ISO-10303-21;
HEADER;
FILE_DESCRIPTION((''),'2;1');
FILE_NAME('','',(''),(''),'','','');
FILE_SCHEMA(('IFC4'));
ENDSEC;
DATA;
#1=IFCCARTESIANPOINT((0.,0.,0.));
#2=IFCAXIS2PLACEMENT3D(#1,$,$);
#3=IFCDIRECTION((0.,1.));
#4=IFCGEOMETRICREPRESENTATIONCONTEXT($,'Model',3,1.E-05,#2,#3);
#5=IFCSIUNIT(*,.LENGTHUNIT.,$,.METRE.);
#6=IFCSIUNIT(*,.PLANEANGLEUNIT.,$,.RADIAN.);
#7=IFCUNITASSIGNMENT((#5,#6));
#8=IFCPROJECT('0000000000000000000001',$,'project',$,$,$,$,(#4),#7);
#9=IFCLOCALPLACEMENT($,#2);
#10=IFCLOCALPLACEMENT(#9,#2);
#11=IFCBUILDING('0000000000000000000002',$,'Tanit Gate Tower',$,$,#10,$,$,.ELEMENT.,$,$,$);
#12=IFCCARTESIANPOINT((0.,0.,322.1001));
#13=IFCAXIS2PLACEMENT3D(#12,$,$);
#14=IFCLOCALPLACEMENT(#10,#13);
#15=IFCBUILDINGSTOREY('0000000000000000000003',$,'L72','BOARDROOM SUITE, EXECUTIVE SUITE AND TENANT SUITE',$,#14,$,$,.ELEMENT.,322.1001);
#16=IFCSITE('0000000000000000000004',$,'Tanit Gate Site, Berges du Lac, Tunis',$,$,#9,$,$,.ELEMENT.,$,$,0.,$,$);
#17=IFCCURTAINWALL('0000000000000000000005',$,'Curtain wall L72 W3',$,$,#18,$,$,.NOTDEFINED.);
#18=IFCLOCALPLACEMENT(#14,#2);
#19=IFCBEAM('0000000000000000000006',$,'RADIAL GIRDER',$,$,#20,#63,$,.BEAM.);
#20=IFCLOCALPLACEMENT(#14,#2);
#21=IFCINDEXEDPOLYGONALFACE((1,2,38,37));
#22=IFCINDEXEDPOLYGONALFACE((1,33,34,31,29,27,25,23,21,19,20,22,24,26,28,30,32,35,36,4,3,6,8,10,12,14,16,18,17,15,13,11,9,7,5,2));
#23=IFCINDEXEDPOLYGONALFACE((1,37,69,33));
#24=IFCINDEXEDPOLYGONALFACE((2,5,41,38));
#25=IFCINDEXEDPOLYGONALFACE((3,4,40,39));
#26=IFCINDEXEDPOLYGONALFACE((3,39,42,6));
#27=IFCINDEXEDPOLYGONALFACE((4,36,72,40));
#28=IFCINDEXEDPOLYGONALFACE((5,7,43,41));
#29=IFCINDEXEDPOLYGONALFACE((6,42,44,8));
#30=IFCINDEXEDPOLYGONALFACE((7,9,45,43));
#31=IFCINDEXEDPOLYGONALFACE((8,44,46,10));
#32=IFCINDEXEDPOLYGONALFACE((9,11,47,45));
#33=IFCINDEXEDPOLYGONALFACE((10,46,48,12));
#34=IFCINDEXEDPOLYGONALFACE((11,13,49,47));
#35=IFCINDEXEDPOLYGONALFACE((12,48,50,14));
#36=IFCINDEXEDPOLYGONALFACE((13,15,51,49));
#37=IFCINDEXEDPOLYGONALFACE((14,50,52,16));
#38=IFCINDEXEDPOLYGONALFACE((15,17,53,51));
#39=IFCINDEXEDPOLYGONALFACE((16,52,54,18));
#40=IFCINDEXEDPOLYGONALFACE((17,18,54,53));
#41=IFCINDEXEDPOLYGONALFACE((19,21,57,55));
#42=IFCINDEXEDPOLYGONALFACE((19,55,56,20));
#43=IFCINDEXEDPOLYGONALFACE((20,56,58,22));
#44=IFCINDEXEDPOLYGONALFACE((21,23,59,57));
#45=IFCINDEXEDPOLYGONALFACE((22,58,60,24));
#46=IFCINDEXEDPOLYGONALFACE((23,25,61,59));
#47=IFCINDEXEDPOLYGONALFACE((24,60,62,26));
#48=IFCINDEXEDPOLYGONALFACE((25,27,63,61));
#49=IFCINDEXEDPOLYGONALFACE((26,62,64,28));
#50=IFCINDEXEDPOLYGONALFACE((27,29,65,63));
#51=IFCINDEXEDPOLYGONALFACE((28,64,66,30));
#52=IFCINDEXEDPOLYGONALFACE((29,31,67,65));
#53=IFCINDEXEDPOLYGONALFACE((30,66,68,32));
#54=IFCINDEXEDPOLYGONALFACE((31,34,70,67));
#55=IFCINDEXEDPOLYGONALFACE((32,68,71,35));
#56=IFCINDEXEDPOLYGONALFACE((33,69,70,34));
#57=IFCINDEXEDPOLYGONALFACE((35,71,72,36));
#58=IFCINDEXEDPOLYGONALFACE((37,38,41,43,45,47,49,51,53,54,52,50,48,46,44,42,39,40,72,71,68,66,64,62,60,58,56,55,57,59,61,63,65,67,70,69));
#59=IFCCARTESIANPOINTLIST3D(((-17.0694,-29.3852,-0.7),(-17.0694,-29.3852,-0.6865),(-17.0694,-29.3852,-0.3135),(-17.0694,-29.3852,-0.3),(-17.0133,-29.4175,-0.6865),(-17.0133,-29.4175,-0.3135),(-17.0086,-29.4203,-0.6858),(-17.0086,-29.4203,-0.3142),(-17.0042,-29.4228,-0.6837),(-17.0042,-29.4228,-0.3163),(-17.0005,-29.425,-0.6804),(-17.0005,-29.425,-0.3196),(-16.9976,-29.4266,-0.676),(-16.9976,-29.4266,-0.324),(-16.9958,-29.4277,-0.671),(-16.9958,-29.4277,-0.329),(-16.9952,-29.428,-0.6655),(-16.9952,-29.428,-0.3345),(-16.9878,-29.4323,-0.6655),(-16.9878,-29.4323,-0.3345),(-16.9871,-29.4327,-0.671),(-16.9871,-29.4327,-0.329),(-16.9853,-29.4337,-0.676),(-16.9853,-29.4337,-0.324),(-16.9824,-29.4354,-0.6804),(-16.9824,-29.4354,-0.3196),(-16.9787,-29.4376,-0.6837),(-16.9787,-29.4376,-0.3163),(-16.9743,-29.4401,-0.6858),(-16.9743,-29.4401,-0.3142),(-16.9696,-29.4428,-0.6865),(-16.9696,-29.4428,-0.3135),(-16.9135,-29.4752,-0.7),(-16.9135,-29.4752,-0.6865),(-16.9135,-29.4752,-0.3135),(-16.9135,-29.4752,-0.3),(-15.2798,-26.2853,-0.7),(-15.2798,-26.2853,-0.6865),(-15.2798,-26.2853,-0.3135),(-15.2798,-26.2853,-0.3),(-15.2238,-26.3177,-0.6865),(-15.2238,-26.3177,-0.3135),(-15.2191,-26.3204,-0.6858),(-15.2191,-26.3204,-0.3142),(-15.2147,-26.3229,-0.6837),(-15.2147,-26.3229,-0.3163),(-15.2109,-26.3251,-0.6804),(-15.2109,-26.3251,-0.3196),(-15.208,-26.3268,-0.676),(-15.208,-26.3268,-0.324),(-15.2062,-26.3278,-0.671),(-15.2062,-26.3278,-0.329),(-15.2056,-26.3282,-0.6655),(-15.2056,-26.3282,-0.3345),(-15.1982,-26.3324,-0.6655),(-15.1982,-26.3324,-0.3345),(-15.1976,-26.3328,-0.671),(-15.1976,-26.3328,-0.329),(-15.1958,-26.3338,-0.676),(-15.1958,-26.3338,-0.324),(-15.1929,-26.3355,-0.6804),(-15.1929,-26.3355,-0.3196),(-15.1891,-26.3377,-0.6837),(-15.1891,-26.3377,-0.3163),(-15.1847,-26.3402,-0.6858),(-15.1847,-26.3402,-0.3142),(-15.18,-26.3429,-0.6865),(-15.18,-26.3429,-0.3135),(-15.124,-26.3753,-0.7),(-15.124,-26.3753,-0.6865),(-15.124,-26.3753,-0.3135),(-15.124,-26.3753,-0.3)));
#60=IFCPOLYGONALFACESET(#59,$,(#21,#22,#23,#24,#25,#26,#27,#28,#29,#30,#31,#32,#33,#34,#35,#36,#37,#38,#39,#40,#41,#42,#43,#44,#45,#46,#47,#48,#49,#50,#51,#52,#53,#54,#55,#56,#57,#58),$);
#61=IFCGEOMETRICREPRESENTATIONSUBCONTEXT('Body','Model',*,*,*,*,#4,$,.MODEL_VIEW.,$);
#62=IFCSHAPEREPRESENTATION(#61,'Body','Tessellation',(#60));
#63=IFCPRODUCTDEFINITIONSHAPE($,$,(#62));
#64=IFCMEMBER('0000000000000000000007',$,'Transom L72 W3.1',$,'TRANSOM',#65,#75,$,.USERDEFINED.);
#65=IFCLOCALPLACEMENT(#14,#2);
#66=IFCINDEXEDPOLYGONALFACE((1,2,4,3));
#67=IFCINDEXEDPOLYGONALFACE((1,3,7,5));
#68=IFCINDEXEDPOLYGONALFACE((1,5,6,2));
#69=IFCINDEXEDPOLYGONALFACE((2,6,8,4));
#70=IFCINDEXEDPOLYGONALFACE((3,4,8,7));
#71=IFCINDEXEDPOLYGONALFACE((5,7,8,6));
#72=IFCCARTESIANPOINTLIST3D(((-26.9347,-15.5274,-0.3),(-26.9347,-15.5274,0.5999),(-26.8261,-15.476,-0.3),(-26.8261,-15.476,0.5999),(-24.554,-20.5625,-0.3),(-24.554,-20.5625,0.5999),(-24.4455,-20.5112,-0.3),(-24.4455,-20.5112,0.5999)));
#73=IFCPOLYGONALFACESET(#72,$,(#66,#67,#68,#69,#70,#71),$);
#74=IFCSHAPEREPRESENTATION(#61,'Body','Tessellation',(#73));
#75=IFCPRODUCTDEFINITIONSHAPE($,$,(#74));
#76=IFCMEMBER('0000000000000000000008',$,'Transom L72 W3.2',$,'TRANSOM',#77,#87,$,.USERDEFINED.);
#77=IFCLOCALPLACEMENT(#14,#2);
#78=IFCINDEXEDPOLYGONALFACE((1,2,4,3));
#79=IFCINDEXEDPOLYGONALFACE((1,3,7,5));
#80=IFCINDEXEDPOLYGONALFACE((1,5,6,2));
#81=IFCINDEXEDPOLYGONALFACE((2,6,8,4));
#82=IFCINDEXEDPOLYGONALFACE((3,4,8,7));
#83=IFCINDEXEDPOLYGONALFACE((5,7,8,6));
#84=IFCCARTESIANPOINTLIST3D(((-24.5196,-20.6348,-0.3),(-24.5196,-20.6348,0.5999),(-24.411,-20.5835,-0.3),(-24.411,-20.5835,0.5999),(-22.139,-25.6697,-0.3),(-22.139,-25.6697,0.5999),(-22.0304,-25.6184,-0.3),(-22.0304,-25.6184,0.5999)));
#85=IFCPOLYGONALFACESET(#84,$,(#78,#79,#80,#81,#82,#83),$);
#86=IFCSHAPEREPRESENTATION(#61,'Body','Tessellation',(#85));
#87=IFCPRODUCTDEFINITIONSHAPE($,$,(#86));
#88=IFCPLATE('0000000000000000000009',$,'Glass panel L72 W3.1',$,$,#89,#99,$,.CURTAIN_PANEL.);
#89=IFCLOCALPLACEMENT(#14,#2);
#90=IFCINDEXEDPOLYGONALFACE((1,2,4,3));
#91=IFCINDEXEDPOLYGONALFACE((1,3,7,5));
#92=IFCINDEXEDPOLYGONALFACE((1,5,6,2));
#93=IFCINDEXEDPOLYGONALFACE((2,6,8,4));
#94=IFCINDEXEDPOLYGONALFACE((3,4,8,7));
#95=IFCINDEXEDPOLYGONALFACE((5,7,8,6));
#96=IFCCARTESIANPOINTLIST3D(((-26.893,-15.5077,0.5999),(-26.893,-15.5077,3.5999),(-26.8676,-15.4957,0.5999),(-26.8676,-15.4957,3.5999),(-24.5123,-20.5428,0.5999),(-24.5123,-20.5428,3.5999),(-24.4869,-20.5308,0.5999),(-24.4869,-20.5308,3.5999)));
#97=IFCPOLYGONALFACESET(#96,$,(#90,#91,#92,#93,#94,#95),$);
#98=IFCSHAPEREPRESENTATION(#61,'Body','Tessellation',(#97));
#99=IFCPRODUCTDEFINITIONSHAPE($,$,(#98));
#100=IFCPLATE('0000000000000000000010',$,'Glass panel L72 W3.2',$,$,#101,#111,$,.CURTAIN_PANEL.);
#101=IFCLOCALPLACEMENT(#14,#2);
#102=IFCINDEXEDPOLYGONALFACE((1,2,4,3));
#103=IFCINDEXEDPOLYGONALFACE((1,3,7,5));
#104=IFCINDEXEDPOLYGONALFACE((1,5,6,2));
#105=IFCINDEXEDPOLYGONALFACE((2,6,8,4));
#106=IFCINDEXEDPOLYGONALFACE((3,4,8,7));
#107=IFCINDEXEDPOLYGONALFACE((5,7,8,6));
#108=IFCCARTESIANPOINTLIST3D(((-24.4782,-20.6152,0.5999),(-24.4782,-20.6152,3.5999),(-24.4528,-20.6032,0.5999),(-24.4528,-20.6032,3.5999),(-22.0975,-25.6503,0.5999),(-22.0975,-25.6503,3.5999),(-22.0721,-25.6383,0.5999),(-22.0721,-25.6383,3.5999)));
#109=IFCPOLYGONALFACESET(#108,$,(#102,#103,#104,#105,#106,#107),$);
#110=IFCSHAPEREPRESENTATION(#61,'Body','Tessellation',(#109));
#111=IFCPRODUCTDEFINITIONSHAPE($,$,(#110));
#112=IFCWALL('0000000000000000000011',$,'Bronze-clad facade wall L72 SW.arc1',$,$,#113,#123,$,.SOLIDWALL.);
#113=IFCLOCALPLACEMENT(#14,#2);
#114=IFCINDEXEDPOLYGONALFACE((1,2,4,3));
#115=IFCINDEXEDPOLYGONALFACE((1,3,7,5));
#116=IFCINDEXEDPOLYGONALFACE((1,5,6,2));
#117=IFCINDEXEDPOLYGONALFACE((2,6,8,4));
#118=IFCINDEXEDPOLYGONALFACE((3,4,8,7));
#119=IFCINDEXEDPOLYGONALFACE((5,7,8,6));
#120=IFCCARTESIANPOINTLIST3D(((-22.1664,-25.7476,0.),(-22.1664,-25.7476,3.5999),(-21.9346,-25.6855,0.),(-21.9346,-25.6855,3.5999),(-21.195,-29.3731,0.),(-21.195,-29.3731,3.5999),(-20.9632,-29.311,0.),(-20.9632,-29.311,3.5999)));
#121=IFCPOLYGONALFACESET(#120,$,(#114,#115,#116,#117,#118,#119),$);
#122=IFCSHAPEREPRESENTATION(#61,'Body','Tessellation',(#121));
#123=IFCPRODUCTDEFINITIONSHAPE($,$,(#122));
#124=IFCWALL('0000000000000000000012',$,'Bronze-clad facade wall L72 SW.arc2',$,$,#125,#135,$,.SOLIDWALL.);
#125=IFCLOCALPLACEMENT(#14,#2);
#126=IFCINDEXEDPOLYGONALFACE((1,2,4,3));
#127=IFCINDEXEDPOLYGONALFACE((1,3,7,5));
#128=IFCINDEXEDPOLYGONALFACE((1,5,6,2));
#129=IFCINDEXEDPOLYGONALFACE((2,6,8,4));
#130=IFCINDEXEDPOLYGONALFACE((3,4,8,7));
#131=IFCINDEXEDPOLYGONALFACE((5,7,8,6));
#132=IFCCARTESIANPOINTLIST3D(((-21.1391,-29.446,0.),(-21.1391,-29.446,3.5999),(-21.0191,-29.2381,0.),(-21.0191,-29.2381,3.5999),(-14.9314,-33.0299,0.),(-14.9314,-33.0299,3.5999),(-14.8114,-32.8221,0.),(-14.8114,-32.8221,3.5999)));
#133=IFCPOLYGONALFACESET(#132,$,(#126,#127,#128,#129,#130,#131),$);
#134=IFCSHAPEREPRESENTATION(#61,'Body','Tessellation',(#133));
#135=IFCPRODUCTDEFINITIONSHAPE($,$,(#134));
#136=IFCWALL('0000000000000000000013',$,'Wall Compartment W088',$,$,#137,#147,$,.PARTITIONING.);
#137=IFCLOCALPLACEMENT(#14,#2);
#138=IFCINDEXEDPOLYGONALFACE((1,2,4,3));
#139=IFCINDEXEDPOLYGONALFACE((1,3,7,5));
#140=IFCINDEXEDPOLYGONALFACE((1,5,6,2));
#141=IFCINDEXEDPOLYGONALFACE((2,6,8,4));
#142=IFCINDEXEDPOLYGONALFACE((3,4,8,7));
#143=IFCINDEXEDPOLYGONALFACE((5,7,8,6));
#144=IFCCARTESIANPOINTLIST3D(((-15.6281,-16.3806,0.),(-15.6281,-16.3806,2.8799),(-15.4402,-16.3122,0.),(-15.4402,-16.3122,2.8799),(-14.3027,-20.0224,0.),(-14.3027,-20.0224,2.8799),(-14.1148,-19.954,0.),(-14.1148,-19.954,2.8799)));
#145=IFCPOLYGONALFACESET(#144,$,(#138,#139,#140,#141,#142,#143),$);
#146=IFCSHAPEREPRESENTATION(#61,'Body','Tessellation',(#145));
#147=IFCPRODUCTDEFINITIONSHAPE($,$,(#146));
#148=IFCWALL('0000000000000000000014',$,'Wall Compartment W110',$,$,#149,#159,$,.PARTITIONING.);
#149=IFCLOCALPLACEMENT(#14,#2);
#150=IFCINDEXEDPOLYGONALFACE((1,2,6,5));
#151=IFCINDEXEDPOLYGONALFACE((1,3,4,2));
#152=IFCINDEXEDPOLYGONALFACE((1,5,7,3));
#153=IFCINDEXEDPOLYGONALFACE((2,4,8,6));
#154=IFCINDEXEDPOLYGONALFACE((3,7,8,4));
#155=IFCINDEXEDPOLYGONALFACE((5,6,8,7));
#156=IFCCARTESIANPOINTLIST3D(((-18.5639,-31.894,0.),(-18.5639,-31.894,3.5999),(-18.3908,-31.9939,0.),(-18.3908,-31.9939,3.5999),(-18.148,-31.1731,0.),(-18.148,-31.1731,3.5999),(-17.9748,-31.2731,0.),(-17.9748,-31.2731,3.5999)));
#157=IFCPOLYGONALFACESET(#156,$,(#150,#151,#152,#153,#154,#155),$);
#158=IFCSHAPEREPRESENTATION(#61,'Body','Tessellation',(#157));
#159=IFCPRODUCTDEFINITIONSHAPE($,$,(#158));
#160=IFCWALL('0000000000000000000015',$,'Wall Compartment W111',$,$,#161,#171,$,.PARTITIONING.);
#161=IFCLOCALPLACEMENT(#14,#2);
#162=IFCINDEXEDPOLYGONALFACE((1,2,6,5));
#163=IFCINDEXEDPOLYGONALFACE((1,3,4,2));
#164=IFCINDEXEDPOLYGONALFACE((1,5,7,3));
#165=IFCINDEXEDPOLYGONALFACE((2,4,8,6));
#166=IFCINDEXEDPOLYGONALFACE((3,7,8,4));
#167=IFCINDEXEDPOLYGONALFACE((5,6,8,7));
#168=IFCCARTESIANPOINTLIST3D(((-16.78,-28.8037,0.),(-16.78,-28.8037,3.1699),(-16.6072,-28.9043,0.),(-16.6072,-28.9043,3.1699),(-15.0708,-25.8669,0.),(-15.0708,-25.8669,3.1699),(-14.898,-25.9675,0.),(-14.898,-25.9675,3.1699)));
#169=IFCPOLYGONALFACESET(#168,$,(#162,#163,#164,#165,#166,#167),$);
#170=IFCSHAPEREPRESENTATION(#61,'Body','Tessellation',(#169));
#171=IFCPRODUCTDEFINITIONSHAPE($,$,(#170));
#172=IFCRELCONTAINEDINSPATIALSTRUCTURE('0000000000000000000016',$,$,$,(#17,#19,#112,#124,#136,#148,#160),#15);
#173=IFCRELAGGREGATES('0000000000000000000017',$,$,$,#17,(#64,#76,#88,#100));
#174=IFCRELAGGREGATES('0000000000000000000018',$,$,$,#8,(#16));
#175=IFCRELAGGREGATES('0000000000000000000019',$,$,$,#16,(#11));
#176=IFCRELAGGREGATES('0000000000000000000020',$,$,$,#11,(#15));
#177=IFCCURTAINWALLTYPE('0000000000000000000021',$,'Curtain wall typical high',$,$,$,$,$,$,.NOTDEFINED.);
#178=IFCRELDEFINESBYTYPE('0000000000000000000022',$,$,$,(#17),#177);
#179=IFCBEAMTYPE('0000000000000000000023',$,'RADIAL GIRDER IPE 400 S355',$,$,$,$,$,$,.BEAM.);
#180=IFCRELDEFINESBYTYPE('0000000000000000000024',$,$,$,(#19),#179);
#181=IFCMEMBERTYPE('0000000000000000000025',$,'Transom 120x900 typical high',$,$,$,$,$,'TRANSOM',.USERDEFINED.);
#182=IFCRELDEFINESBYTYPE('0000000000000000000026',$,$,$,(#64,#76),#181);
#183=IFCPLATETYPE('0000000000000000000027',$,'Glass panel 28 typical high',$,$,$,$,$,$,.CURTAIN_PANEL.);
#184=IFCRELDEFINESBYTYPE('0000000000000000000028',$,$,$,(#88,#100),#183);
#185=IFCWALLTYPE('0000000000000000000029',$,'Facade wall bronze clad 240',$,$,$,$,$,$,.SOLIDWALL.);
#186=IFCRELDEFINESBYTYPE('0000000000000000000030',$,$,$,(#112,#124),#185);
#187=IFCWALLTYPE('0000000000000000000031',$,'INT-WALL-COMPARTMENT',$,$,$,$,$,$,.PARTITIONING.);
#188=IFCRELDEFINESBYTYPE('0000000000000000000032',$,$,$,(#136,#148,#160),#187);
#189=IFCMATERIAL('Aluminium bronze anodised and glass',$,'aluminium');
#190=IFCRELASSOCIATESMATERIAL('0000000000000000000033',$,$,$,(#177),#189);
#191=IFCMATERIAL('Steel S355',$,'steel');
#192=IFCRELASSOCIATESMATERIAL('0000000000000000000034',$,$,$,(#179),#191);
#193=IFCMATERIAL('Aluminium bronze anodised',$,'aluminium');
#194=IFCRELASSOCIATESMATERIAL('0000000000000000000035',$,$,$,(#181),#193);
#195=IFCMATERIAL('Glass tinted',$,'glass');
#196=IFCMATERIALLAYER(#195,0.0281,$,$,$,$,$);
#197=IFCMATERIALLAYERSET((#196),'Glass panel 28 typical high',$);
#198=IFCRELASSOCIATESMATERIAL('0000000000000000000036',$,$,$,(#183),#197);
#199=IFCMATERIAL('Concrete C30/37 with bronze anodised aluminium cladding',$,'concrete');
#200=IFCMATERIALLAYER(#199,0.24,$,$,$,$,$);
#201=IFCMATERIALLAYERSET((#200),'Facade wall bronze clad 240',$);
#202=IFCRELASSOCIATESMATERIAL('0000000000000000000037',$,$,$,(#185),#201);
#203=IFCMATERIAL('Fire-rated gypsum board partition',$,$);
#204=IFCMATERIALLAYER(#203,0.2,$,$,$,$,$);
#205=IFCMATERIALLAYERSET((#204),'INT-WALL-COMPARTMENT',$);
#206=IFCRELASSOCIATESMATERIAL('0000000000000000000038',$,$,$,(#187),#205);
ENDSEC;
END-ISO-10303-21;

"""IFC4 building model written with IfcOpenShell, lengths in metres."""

from ifc_helpers import new_model, si_unit, direction, frame, frame_2d, origin, origin_2d, place, context, subcontext, project, spatial, rectangle, i_section, extrude, material, layer, layer_set, material_profile, profile_set, type_object, element, aggregate, save


model = new_model("IFC4")

# Units and contexts
model_context = context("Model", 3, precision=1e-05, world=origin(), true_north=direction((0.0, 1.0)))
body_context = subcontext(model_context, "Body", "Model", "MODEL_VIEW")
ifc_project = project(units=[si_unit("LENGTHUNIT", "METRE"), si_unit("PLANEANGLEUNIT", "RADIAN")], contexts=[model_context])

# Site, building, storey
site_placement = place(None, origin())
site = spatial("IfcSite", under=ifc_project, at=site_placement, Name="Tanit Gate Site, Berges du Lac, Tunis", CompositionType="ELEMENT", RefElevation=0.0)
building_placement = place(site_placement, origin())
building = spatial("IfcBuilding", under=site, at=building_placement, Name="Tanit Gate Tower", CompositionType="ELEMENT")
storey_placement = place(building_placement, frame((0.0, 0.0, 322.1001)))
storey = spatial("IfcBuildingStorey", under=building, at=storey_placement, Name="L72", Description="BOARDROOM SUITE, EXECUTIVE SUITE AND TENANT SUITE", CompositionType="ELEMENT", Elevation=322.1001)

# Curtain wall
ifc_material_1 = material(Name="Aluminium bronze anodised and glass", Category="aluminium")
curtain_wall_type = type_object("IfcCurtainWallType", Name="Curtain wall typical high", PredefinedType="NOTDEFINED", material=ifc_material_1)
curtain_wall_placement = place(storey_placement, origin())
curtain_wall = element("IfcCurtainWall", 1, at=curtain_wall_placement, inside=storey, type_object=curtain_wall_type, Name="Curtain wall L72 W3", PredefinedType="NOTDEFINED")

# Beam
ifc_material_2 = material(Name="Steel S355", Category="steel")
ifc_material_profile_1 = material_profile(ifc_material_2, i_section(OverallWidth=0.1799, OverallDepth=0.3999, WebThickness=0.0085, FlangeThickness=0.0134, FilletRadius=0.021, at=origin_2d()), Name="IPE 400")
ifc_profile_set_1 = profile_set([ifc_material_profile_1], Name="Steel S355")
beam_type_1 = type_object("IfcBeamType", Name="RADIAL GIRDER IPE 400 S355", PredefinedType="BEAM", material=ifc_profile_set_1)
beam_1_placement = place(storey_placement, frame((-16.9915, -29.4302, -0.5), z_axis=(0.499968, 0.866044, 0.0), x_axis=(-0.866044, 0.499968, 0.0)))
element("IfcBeam", 2, at=beam_1_placement, inside=storey, type_object=beam_type_1, Name="RADIAL GIRDER", PredefinedType="BEAM", context=body_context, shape_type="SweptSolid", body=[
    extrude(i_section(OverallWidth=0.1799, OverallDepth=0.3999, WebThickness=0.0085, FlangeThickness=0.0134, FilletRadius=0.021, at=origin_2d()), origin(), (0.0, 0.0, 1.0), 3.5793),
])

# Members
ifc_material_3 = material(Name="Aluminium bronze anodised", Category="aluminium")
ifc_material_profile_2 = material_profile(ifc_material_3, rectangle(XDim=0.1201, YDim=0.8999, at=origin_2d()), Name="120x900 bronze transom")
ifc_profile_set_2 = profile_set([ifc_material_profile_2], Name="Aluminium bronze anodised")
member_type_1 = type_object("IfcMemberType", Name="Transom 120x900 typical high", ElementType="TRANSOM", PredefinedType="USERDEFINED", material=ifc_profile_set_2)
member_1_placement = place(storey_placement, frame((-26.8804, -15.5017, 0.1499), z_axis=(0.427432, -0.904047, 0.0), x_axis=(0.904047, 0.427432, 0.0)))
member_1 = element("IfcMember", 3, at=member_1_placement, type_object=member_type_1, Name="Transom L72 W3.1", ObjectType="TRANSOM", PredefinedType="USERDEFINED", context=body_context, shape_type="SweptSolid", body=[
    extrude(rectangle(XDim=0.1201, YDim=0.8999, at=origin_2d()), origin(), (0.0, 0.0, 1.0), 5.5696),
])
member_2_placement = place(storey_placement, frame((-24.4653, -20.6091, 0.1499), z_axis=(0.427449, -0.904039, 0.0), x_axis=(0.904039, 0.427449, 0.0)))
member_2 = element("IfcMember", 4, at=member_2_placement, type_object=member_type_1, Name="Transom L72 W3.2", ObjectType="TRANSOM", PredefinedType="USERDEFINED", context=body_context, shape_type="SweptSolid", body=[
    extrude(rectangle(XDim=0.1201, YDim=0.8999, at=origin_2d()), origin(), (0.0, 0.0, 1.0), 5.5693),
])

# Plates
ifc_material_4 = material(Name="Glass tinted", Category="glass")
ifc_layer_1 = layer(ifc_material_4, 0.0281)
ifc_layer_set_1 = layer_set([ifc_layer_1], Name="Glass panel 28 typical high")
plate_type = type_object("IfcPlateType", Name="Glass panel 28 typical high", PredefinedType="CURTAIN_PANEL", material=ifc_layer_set_1)
plate_1_placement = place(storey_placement, frame((-25.6899, -18.0193, 0.5999), z_axis=(0.0, 0.0, 1.0), x_axis=(0.427456, -0.904036, 0.0)))
plate_1 = element("IfcPlate", 5, at=plate_1_placement, type_object=plate_type, Name="Glass panel L72 W3.1", PredefinedType="CURTAIN_PANEL", context=body_context, shape_type="SweptSolid", body=[
    extrude(rectangle(XDim=5.5696, YDim=0.0281, at=origin_2d()), origin(), (0.0, 0.0, 1.0), 3.0),
])
plate_2_placement = place(storey_placement, frame((-23.2751, -23.1267, 0.5999), z_axis=(0.0, 0.0, 1.0), x_axis=(0.427456, -0.904036, 0.0)))
plate_2 = element("IfcPlate", 6, at=plate_2_placement, type_object=plate_type, Name="Glass panel L72 W3.2", PredefinedType="CURTAIN_PANEL", context=body_context, shape_type="SweptSolid", body=[
    extrude(rectangle(XDim=5.5696, YDim=0.0281, at=origin_2d()), origin(), (0.0, 0.0, 1.0), 3.0),
])
aggregate(curtain_wall, [member_1, member_2, plate_1, plate_2])

# Walls
ifc_material_5 = material(Name="Concrete C30/37 with bronze anodised aluminium cladding", Category="concrete")
ifc_layer_2 = layer(ifc_material_5, 0.24)
ifc_layer_set_2 = layer_set([ifc_layer_2], Name="Facade wall bronze clad 240")
wall_type_1 = type_object("IfcWallType", Name="Facade wall bronze clad 240", PredefinedType="SOLIDWALL", material=ifc_layer_set_2)
wall_1_placement = place(storey_placement, frame((-22.0505, -25.7166, 0.0), z_axis=(0.0, 0.0, 1.0), x_axis=(0.258816, -0.965927, 0.0)))
element("IfcWall", 7, at=wall_1_placement, inside=storey, type_object=wall_type_1, Name="Bronze-clad facade wall L72 SW.arc1", PredefinedType="SOLIDWALL", context=body_context, shape_type="SweptSolid", body=[
    extrude(rectangle(XDim=3.7534, YDim=0.24, at=frame_2d((1.8767, 0.0))), origin(), (0.0, 0.0, 1.0), 3.5999),
])
wall_2_placement = place(storey_placement, frame((-21.0791, -29.342, 0.0), z_axis=(0.0, 0.0, 1.0), x_axis=(0.86603, -0.499993, 0.0)))
element("IfcWall", 8, at=wall_2_placement, inside=storey, type_object=wall_type_1, Name="Bronze-clad facade wall L72 SW.arc2", PredefinedType="SOLIDWALL", context=body_context, shape_type="SweptSolid", body=[
    extrude(rectangle(XDim=7.168, YDim=0.24, at=frame_2d((3.584, 0.0))), origin(), (0.0, 0.0, 1.0), 3.5999),
])
ifc_material_6 = material(Name="Fire-rated gypsum board partition")
ifc_layer_3 = layer(ifc_material_6, 0.2)
ifc_layer_set_3 = layer_set([ifc_layer_3], Name="INT-WALL-COMPARTMENT")
wall_type_2 = type_object("IfcWallType", Name="INT-WALL-COMPARTMENT", PredefinedType="PARTITIONING", material=ifc_layer_set_3)
wall_3_placement = place(storey_placement, frame((-15.5342, -16.3464, 0.0), z_axis=(0.0, 0.0, 1.0), x_axis=(0.342001, -0.9397, 0.0)))
element("IfcWall", 9, at=wall_3_placement, inside=storey, type_object=wall_type_2, Name="Wall Compartment W088", PredefinedType="PARTITIONING", context=body_context, shape_type="SweptSolid", body=[
    extrude(rectangle(XDim=3.8755, YDim=0.2, at=frame_2d((1.9377, 0.0))), origin(), (0.0, 0.0, 1.0), 2.8799),
])
wall_4_placement = place(storey_placement, frame((-18.4773, -31.9438, 0.0), z_axis=(0.0, 0.0, 1.0), x_axis=(0.499799, 0.866142, 0.0)))
element("IfcWall", 10, at=wall_4_placement, inside=storey, type_object=wall_type_2, Name="Wall Compartment W110", PredefinedType="PARTITIONING", context=body_context, shape_type="SweptSolid", body=[
    extrude(rectangle(XDim=0.8323, YDim=0.2, at=frame_2d((0.416, 0.0))), origin(), (0.0, 0.0, 1.0), 3.5999),
])
wall_5_placement = place(storey_placement, frame((-16.6936, -28.854, 0.0), z_axis=(0.0, 0.0, 1.0), x_axis=(0.503018, 0.864276, 0.0)))
element("IfcWall", 11, at=wall_5_placement, inside=storey, type_object=wall_type_2, Name="Wall Compartment W111", PredefinedType="PARTITIONING", context=body_context, shape_type="SweptSolid", body=[
    extrude(rectangle(XDim=3.3979, YDim=0.2, at=frame_2d((1.699, 0.0))), origin(), (0.0, 0.0, 1.0), 3.1699),
])

save(model, "model.ifc")
